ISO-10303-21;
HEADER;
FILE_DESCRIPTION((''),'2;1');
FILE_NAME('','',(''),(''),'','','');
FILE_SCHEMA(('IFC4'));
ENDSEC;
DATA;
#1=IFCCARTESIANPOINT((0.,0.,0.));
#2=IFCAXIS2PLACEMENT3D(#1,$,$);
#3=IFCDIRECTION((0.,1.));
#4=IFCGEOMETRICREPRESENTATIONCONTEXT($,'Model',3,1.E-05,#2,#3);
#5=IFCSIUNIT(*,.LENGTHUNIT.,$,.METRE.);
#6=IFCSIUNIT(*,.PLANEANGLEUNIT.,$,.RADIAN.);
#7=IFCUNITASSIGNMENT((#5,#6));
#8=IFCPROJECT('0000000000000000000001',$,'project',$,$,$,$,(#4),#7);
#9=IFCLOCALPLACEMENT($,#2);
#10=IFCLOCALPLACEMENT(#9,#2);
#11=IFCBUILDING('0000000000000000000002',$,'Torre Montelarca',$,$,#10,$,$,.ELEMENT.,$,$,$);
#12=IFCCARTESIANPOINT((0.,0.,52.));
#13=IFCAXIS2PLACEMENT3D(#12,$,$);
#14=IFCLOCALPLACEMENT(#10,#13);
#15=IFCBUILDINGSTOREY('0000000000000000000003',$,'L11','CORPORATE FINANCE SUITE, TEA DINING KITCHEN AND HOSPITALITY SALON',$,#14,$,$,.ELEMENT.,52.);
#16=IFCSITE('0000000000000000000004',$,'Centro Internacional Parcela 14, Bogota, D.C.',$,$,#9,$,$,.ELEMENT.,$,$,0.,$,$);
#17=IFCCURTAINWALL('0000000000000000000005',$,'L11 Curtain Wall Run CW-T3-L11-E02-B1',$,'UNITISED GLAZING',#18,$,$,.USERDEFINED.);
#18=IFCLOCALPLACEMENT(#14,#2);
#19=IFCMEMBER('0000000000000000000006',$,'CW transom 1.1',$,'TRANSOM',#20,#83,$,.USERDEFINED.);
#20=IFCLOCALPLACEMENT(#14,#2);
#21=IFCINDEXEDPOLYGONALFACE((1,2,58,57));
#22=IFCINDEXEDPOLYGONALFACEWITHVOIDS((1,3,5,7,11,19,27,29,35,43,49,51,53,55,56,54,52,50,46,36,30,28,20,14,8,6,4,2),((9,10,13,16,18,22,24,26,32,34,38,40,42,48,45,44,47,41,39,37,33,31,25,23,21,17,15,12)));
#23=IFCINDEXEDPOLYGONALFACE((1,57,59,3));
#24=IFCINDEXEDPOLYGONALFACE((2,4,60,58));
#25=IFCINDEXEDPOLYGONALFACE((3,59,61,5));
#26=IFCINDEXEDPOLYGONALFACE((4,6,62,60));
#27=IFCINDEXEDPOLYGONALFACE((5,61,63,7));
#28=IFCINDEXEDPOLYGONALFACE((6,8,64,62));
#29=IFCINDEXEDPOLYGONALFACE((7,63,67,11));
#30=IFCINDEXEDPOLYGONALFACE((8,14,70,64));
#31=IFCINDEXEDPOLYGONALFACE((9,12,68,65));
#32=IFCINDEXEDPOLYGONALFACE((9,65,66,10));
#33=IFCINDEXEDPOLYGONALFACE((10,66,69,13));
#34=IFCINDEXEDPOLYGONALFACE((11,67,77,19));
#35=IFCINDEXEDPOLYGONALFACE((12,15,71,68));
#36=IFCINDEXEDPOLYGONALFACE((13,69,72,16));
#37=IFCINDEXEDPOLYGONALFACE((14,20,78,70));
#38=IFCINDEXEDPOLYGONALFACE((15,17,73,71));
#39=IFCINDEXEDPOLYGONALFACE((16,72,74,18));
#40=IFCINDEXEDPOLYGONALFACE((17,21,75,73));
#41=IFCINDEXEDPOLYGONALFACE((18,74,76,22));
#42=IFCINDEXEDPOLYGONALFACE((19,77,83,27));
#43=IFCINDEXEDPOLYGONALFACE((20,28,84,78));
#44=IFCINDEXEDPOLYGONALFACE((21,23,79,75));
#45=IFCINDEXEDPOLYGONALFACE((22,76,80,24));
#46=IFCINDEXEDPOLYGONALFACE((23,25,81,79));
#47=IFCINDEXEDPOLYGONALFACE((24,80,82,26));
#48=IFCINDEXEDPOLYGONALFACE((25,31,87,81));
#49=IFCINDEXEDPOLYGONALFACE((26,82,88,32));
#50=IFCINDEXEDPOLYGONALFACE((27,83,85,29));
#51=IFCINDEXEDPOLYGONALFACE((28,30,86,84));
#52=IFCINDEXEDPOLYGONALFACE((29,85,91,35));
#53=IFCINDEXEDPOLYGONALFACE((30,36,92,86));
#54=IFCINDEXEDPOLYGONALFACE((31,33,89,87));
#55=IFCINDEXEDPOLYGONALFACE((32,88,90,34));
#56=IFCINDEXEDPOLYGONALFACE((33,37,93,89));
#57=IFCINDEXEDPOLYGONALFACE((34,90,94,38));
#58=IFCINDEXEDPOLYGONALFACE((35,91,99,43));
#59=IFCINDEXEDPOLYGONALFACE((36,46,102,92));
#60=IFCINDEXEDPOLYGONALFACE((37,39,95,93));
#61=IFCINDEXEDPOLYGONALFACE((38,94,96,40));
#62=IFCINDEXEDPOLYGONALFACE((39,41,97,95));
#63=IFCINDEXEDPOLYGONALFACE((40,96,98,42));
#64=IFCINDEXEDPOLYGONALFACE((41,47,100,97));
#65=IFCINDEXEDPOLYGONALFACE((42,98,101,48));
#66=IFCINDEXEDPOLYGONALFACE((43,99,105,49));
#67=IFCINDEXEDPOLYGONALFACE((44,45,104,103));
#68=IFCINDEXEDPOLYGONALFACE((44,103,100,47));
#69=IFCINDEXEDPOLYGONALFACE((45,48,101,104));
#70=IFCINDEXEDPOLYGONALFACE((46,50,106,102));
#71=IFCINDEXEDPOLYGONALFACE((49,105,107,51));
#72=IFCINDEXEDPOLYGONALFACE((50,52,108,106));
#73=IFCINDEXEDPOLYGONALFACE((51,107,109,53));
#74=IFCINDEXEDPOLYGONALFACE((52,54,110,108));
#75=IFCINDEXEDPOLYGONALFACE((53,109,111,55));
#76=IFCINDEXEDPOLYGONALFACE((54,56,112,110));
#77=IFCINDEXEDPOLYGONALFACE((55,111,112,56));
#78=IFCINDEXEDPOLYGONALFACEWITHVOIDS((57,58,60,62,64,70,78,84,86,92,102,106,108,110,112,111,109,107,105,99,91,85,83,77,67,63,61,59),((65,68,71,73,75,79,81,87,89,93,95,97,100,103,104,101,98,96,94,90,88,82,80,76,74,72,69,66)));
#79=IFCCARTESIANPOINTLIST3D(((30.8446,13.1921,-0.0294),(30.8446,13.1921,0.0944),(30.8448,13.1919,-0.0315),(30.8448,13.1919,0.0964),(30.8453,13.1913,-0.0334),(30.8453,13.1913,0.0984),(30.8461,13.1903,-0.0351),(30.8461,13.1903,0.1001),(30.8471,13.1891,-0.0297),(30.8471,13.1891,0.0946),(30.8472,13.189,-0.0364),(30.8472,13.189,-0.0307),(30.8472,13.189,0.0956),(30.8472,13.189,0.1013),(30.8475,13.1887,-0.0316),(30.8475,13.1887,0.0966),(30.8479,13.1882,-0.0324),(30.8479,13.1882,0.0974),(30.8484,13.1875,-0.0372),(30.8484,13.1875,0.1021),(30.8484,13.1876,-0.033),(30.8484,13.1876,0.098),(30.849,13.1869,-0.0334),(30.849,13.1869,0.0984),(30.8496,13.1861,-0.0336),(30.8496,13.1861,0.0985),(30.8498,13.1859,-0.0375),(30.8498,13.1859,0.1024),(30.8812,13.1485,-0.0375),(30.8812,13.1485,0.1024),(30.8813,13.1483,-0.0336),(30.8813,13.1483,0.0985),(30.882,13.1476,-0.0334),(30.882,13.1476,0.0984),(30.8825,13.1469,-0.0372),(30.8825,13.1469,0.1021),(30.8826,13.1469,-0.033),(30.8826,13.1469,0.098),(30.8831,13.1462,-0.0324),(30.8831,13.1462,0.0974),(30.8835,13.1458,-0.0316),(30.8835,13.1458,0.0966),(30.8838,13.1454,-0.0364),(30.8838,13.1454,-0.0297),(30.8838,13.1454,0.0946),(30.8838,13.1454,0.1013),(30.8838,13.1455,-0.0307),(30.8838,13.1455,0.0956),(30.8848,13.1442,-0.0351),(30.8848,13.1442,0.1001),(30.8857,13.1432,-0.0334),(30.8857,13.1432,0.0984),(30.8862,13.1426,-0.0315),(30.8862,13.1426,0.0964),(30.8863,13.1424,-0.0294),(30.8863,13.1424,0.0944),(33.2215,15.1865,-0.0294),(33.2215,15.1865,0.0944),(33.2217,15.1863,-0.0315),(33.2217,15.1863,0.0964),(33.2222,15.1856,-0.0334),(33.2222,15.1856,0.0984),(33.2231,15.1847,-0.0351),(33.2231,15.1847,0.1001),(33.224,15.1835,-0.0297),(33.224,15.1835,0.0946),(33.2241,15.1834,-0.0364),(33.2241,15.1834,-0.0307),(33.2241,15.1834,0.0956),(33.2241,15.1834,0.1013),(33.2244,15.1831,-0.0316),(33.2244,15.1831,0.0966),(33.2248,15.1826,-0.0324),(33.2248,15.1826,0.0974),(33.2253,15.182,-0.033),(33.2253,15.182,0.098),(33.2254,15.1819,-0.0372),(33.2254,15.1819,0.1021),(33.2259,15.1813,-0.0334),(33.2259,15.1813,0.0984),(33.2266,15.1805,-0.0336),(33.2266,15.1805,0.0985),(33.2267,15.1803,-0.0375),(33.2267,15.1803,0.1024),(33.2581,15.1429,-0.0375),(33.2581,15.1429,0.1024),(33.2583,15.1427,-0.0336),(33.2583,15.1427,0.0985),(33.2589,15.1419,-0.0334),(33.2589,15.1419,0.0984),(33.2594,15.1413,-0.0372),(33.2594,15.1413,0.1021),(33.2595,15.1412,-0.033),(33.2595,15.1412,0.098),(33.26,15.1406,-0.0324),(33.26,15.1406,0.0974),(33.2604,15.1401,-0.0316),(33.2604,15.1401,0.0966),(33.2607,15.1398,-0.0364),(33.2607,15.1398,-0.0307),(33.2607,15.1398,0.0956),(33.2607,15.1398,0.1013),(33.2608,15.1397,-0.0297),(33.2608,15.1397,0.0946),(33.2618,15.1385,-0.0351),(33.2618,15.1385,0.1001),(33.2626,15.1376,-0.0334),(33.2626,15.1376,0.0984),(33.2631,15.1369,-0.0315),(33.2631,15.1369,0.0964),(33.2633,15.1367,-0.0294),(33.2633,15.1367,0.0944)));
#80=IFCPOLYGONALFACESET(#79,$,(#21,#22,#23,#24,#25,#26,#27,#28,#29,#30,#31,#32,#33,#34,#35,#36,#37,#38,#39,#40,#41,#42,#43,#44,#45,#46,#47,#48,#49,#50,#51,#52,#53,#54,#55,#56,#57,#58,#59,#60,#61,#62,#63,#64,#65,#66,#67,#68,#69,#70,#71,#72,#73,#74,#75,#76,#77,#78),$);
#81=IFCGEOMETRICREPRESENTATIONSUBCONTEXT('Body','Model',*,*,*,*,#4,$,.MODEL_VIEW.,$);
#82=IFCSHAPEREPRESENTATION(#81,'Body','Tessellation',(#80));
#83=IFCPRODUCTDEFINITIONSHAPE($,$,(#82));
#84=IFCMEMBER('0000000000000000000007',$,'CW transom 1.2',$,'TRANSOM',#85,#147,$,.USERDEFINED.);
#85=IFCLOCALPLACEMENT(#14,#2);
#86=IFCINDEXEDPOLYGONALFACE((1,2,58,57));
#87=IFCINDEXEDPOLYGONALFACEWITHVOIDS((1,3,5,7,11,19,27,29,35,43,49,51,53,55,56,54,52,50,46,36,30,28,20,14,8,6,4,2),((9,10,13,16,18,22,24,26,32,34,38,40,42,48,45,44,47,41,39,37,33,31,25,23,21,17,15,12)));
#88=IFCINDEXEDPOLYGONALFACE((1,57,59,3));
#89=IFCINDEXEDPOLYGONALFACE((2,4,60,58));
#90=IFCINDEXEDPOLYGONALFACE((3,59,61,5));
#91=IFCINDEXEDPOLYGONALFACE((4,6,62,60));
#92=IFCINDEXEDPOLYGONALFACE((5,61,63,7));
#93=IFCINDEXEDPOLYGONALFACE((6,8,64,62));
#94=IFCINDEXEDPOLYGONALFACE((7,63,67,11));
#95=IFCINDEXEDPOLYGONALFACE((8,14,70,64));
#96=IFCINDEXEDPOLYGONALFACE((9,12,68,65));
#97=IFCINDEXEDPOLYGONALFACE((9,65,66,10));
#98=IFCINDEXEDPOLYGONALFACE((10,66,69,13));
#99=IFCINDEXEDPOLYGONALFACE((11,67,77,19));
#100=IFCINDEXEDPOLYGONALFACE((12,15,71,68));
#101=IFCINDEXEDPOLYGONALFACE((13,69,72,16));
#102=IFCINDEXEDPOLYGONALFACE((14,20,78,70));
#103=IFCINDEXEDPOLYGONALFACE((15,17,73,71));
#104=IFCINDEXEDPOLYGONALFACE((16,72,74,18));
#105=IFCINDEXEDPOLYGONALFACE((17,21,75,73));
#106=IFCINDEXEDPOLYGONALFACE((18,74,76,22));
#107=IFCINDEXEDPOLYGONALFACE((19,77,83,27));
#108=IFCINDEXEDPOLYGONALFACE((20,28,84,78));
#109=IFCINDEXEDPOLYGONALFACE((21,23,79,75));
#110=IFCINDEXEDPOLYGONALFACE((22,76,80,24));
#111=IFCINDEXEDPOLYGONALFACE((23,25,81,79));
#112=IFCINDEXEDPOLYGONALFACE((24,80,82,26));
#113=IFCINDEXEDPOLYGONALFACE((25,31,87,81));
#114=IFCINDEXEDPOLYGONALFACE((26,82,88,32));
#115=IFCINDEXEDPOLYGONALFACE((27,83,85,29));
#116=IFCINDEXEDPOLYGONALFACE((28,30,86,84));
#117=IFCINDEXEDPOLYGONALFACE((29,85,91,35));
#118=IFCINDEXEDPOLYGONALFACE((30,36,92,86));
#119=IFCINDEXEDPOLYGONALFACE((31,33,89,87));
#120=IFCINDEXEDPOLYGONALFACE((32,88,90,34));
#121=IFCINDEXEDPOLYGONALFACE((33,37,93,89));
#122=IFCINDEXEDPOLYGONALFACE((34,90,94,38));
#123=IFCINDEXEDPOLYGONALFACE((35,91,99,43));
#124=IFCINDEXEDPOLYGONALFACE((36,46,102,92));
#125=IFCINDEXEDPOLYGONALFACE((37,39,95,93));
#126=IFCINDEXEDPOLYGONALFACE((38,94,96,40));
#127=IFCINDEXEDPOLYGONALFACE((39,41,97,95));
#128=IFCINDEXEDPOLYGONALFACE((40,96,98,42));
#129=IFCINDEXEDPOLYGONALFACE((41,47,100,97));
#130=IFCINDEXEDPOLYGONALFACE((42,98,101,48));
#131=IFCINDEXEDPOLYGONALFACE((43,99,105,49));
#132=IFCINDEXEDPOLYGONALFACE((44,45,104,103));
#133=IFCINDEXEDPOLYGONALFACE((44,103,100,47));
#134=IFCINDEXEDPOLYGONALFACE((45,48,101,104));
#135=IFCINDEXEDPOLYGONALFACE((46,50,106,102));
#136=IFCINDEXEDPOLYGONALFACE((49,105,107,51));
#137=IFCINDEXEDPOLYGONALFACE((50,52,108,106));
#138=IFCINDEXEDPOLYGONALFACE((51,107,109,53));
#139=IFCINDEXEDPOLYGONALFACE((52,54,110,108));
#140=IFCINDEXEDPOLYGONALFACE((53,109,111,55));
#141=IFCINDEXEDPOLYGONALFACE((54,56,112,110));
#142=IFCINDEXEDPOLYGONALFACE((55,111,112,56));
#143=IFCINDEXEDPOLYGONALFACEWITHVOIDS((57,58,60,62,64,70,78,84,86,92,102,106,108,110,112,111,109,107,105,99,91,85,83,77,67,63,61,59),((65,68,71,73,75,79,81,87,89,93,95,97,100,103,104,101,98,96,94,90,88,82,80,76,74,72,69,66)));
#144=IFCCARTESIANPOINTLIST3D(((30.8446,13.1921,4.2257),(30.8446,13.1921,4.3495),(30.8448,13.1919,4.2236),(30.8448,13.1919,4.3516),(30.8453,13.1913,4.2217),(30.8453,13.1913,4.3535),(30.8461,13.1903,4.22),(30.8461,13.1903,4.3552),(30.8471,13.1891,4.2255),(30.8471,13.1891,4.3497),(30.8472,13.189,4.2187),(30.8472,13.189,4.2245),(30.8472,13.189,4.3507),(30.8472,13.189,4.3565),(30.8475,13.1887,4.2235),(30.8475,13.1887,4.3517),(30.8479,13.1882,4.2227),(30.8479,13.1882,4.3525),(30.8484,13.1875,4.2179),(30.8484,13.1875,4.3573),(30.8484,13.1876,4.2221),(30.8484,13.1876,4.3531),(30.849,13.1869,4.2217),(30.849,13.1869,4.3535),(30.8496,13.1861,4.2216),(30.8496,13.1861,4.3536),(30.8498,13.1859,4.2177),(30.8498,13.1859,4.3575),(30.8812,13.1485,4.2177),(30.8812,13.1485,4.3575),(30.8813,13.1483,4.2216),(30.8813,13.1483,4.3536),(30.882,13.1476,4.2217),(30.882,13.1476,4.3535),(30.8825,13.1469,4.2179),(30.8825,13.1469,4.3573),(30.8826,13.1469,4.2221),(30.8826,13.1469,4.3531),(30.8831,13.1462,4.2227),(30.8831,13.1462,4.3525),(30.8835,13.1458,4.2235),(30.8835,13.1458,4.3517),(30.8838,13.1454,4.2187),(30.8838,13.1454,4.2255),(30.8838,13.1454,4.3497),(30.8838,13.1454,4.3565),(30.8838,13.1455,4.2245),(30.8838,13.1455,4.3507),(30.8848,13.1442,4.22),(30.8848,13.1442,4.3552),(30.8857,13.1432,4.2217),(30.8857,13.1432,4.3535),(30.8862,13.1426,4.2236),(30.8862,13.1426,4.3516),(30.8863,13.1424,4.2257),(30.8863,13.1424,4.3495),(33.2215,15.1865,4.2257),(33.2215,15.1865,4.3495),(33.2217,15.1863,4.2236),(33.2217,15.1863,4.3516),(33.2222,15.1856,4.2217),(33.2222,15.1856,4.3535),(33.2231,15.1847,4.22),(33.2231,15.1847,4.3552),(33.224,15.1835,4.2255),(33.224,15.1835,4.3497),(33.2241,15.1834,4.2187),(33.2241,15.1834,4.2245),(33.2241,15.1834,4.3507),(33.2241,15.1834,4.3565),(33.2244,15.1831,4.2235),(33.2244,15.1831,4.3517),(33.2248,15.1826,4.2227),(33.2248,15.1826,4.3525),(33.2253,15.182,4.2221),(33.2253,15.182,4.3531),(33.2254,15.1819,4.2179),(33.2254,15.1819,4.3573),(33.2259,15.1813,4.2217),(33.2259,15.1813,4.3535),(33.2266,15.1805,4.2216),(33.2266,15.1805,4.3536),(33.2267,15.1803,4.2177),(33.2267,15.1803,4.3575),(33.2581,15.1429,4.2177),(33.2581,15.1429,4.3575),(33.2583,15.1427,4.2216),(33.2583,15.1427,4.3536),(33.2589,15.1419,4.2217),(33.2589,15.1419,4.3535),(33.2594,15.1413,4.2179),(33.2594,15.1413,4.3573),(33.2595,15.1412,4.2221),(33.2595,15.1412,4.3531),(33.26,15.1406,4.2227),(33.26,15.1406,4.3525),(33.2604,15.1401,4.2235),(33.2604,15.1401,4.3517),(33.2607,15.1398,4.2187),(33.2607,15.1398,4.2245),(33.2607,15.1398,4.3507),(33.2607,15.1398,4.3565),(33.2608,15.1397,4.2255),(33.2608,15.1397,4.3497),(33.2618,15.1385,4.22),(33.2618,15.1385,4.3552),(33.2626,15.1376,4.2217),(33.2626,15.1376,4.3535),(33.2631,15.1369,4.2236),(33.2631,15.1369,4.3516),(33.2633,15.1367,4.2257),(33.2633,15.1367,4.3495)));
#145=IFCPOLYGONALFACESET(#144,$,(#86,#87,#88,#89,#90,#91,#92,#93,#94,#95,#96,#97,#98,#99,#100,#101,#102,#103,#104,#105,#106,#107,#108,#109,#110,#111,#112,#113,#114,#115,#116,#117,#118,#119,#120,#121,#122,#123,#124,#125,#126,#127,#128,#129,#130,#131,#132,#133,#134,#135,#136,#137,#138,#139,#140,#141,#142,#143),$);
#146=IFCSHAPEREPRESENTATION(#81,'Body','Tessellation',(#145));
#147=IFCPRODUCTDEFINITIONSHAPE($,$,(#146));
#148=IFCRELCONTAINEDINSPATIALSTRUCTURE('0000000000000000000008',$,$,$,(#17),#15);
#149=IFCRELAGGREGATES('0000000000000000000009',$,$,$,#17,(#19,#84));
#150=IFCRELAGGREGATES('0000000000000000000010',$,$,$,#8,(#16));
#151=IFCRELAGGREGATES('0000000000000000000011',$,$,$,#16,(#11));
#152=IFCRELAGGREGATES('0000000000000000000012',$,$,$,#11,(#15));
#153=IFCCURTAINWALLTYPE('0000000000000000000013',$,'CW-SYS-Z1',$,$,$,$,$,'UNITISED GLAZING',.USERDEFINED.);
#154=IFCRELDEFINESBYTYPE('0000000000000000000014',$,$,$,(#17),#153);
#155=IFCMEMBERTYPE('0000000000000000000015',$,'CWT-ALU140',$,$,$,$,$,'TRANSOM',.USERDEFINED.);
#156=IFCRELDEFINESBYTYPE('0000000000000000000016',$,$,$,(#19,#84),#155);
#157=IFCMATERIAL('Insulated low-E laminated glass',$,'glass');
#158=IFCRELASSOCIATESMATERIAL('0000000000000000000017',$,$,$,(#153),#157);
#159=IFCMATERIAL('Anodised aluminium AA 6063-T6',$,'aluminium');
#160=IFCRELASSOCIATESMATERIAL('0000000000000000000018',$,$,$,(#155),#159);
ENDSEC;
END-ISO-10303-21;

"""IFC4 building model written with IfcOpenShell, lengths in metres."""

from ifc_helpers import new_model, si_unit, direction, frame, origin, origin_2d, place, context, subcontext, project, spatial, hollow_rectangle, extrude, source, transform, mapped, material, material_profile, profile_set, type_object, element, aggregate, save


model = new_model("IFC4")

# Units and contexts
model_context = context("Model", 3, precision=1e-05, world=origin(), true_north=direction((0.0, 1.0)))
body_context = subcontext(model_context, "Body", "Model", "MODEL_VIEW")
ifc_project = project(units=[si_unit("LENGTHUNIT", "METRE"), si_unit("PLANEANGLEUNIT", "RADIAN")], contexts=[model_context])

# Site, building, storey
site_placement = place(None, origin())
site = spatial("IfcSite", under=ifc_project, at=site_placement, Name="Centro Internacional Parcela 14, Bogota, D.C.", CompositionType="ELEMENT", RefElevation=0.0)
building_placement = place(site_placement, origin())
building = spatial("IfcBuilding", under=site, at=building_placement, Name="Torre Montelarca", CompositionType="ELEMENT")
storey_placement = place(building_placement, frame((0.0, 0.0, 52.0)))
storey = spatial("IfcBuildingStorey", under=building, at=storey_placement, Name="L11", Description="CORPORATE FINANCE SUITE, TEA DINING KITCHEN AND HOSPITALITY SALON", CompositionType="ELEMENT", Elevation=52.0)

# Shared definitions
ifc_material_1 = material(Name="Insulated low-E laminated glass", Category="glass")
curtain_wall_type = type_object("IfcCurtainWallType", Name="CW-SYS-Z1", ElementType="UNITISED GLAZING", PredefinedType="USERDEFINED", material=ifc_material_1)
ifc_material_2 = material(Name="Anodised aluminium AA 6063-T6", Category="aluminium")

# Curtain wall
curtain_wall_1_placement = place(storey_placement, origin())
curtain_wall_1 = element("IfcCurtainWall", 1, at=curtain_wall_1_placement, inside=storey, type_object=curtain_wall_type, Name="L11 Curtain Wall Run CW-T3-L11-E02-B1", ObjectType="UNITISED GLAZING", PredefinedType="USERDEFINED")

# Members
ifc_material_profile_1 = material_profile(ifc_material_2, hollow_rectangle(XDim=0.0649, YDim=0.1399, WallThickness=0.0039, InnerFilletRadius=0.0039, OuterFilletRadius=0.0081, at=origin_2d()), Name="ALU65X140X4", Category="aluminium")
ifc_profile_set_1 = profile_set([ifc_material_profile_1], Name="Anodised aluminium AA 6063-T6")
member_type_1 = type_object("IfcMemberType", Name="CWT-ALU140", ElementType="TRANSOM", PredefinedType="USERDEFINED", material=ifc_profile_set_1)
shared_shape_1 = source(origin(), body_context, "Body", "SweptSolid", [
    extrude(hollow_rectangle(XDim=0.0649, YDim=0.1399, WallThickness=0.0039, InnerFilletRadius=0.0039, OuterFilletRadius=0.0081, at=origin_2d()), origin(), (0.0, 0.0, 1.0), 3.1028),
])
member_1_placement = place(storey_placement, frame((30.8655, 13.1672, 0.0325), z_axis=(0.766063, 0.642766, 0.0), x_axis=(-0.642766, 0.766063, 0.0)))
member_1 = element("IfcMember", 2, at=member_1_placement, type_object=member_type_1, Name="CW transom 1.1", ObjectType="TRANSOM", PredefinedType="USERDEFINED", context=body_context, shape_type="MappedRepresentation", body=[
    mapped(shared_shape_1, transform((0.0, 0.0, 0.0), scale=1.0)),
])
member_2_placement = place(storey_placement, frame((30.8655, 13.1672, 4.2876), z_axis=(0.766063, 0.642766, 0.0), x_axis=(-0.642766, 0.766063, 0.0)))
member_2 = element("IfcMember", 3, at=member_2_placement, type_object=member_type_1, Name="CW transom 1.2", ObjectType="TRANSOM", PredefinedType="USERDEFINED", context=body_context, shape_type="MappedRepresentation", body=[
    mapped(shared_shape_1, transform((0.0, 0.0, 0.0), scale=1.0)),
])

aggregate(curtain_wall_1, [member_1, member_2])

save(model, "model.ifc")
